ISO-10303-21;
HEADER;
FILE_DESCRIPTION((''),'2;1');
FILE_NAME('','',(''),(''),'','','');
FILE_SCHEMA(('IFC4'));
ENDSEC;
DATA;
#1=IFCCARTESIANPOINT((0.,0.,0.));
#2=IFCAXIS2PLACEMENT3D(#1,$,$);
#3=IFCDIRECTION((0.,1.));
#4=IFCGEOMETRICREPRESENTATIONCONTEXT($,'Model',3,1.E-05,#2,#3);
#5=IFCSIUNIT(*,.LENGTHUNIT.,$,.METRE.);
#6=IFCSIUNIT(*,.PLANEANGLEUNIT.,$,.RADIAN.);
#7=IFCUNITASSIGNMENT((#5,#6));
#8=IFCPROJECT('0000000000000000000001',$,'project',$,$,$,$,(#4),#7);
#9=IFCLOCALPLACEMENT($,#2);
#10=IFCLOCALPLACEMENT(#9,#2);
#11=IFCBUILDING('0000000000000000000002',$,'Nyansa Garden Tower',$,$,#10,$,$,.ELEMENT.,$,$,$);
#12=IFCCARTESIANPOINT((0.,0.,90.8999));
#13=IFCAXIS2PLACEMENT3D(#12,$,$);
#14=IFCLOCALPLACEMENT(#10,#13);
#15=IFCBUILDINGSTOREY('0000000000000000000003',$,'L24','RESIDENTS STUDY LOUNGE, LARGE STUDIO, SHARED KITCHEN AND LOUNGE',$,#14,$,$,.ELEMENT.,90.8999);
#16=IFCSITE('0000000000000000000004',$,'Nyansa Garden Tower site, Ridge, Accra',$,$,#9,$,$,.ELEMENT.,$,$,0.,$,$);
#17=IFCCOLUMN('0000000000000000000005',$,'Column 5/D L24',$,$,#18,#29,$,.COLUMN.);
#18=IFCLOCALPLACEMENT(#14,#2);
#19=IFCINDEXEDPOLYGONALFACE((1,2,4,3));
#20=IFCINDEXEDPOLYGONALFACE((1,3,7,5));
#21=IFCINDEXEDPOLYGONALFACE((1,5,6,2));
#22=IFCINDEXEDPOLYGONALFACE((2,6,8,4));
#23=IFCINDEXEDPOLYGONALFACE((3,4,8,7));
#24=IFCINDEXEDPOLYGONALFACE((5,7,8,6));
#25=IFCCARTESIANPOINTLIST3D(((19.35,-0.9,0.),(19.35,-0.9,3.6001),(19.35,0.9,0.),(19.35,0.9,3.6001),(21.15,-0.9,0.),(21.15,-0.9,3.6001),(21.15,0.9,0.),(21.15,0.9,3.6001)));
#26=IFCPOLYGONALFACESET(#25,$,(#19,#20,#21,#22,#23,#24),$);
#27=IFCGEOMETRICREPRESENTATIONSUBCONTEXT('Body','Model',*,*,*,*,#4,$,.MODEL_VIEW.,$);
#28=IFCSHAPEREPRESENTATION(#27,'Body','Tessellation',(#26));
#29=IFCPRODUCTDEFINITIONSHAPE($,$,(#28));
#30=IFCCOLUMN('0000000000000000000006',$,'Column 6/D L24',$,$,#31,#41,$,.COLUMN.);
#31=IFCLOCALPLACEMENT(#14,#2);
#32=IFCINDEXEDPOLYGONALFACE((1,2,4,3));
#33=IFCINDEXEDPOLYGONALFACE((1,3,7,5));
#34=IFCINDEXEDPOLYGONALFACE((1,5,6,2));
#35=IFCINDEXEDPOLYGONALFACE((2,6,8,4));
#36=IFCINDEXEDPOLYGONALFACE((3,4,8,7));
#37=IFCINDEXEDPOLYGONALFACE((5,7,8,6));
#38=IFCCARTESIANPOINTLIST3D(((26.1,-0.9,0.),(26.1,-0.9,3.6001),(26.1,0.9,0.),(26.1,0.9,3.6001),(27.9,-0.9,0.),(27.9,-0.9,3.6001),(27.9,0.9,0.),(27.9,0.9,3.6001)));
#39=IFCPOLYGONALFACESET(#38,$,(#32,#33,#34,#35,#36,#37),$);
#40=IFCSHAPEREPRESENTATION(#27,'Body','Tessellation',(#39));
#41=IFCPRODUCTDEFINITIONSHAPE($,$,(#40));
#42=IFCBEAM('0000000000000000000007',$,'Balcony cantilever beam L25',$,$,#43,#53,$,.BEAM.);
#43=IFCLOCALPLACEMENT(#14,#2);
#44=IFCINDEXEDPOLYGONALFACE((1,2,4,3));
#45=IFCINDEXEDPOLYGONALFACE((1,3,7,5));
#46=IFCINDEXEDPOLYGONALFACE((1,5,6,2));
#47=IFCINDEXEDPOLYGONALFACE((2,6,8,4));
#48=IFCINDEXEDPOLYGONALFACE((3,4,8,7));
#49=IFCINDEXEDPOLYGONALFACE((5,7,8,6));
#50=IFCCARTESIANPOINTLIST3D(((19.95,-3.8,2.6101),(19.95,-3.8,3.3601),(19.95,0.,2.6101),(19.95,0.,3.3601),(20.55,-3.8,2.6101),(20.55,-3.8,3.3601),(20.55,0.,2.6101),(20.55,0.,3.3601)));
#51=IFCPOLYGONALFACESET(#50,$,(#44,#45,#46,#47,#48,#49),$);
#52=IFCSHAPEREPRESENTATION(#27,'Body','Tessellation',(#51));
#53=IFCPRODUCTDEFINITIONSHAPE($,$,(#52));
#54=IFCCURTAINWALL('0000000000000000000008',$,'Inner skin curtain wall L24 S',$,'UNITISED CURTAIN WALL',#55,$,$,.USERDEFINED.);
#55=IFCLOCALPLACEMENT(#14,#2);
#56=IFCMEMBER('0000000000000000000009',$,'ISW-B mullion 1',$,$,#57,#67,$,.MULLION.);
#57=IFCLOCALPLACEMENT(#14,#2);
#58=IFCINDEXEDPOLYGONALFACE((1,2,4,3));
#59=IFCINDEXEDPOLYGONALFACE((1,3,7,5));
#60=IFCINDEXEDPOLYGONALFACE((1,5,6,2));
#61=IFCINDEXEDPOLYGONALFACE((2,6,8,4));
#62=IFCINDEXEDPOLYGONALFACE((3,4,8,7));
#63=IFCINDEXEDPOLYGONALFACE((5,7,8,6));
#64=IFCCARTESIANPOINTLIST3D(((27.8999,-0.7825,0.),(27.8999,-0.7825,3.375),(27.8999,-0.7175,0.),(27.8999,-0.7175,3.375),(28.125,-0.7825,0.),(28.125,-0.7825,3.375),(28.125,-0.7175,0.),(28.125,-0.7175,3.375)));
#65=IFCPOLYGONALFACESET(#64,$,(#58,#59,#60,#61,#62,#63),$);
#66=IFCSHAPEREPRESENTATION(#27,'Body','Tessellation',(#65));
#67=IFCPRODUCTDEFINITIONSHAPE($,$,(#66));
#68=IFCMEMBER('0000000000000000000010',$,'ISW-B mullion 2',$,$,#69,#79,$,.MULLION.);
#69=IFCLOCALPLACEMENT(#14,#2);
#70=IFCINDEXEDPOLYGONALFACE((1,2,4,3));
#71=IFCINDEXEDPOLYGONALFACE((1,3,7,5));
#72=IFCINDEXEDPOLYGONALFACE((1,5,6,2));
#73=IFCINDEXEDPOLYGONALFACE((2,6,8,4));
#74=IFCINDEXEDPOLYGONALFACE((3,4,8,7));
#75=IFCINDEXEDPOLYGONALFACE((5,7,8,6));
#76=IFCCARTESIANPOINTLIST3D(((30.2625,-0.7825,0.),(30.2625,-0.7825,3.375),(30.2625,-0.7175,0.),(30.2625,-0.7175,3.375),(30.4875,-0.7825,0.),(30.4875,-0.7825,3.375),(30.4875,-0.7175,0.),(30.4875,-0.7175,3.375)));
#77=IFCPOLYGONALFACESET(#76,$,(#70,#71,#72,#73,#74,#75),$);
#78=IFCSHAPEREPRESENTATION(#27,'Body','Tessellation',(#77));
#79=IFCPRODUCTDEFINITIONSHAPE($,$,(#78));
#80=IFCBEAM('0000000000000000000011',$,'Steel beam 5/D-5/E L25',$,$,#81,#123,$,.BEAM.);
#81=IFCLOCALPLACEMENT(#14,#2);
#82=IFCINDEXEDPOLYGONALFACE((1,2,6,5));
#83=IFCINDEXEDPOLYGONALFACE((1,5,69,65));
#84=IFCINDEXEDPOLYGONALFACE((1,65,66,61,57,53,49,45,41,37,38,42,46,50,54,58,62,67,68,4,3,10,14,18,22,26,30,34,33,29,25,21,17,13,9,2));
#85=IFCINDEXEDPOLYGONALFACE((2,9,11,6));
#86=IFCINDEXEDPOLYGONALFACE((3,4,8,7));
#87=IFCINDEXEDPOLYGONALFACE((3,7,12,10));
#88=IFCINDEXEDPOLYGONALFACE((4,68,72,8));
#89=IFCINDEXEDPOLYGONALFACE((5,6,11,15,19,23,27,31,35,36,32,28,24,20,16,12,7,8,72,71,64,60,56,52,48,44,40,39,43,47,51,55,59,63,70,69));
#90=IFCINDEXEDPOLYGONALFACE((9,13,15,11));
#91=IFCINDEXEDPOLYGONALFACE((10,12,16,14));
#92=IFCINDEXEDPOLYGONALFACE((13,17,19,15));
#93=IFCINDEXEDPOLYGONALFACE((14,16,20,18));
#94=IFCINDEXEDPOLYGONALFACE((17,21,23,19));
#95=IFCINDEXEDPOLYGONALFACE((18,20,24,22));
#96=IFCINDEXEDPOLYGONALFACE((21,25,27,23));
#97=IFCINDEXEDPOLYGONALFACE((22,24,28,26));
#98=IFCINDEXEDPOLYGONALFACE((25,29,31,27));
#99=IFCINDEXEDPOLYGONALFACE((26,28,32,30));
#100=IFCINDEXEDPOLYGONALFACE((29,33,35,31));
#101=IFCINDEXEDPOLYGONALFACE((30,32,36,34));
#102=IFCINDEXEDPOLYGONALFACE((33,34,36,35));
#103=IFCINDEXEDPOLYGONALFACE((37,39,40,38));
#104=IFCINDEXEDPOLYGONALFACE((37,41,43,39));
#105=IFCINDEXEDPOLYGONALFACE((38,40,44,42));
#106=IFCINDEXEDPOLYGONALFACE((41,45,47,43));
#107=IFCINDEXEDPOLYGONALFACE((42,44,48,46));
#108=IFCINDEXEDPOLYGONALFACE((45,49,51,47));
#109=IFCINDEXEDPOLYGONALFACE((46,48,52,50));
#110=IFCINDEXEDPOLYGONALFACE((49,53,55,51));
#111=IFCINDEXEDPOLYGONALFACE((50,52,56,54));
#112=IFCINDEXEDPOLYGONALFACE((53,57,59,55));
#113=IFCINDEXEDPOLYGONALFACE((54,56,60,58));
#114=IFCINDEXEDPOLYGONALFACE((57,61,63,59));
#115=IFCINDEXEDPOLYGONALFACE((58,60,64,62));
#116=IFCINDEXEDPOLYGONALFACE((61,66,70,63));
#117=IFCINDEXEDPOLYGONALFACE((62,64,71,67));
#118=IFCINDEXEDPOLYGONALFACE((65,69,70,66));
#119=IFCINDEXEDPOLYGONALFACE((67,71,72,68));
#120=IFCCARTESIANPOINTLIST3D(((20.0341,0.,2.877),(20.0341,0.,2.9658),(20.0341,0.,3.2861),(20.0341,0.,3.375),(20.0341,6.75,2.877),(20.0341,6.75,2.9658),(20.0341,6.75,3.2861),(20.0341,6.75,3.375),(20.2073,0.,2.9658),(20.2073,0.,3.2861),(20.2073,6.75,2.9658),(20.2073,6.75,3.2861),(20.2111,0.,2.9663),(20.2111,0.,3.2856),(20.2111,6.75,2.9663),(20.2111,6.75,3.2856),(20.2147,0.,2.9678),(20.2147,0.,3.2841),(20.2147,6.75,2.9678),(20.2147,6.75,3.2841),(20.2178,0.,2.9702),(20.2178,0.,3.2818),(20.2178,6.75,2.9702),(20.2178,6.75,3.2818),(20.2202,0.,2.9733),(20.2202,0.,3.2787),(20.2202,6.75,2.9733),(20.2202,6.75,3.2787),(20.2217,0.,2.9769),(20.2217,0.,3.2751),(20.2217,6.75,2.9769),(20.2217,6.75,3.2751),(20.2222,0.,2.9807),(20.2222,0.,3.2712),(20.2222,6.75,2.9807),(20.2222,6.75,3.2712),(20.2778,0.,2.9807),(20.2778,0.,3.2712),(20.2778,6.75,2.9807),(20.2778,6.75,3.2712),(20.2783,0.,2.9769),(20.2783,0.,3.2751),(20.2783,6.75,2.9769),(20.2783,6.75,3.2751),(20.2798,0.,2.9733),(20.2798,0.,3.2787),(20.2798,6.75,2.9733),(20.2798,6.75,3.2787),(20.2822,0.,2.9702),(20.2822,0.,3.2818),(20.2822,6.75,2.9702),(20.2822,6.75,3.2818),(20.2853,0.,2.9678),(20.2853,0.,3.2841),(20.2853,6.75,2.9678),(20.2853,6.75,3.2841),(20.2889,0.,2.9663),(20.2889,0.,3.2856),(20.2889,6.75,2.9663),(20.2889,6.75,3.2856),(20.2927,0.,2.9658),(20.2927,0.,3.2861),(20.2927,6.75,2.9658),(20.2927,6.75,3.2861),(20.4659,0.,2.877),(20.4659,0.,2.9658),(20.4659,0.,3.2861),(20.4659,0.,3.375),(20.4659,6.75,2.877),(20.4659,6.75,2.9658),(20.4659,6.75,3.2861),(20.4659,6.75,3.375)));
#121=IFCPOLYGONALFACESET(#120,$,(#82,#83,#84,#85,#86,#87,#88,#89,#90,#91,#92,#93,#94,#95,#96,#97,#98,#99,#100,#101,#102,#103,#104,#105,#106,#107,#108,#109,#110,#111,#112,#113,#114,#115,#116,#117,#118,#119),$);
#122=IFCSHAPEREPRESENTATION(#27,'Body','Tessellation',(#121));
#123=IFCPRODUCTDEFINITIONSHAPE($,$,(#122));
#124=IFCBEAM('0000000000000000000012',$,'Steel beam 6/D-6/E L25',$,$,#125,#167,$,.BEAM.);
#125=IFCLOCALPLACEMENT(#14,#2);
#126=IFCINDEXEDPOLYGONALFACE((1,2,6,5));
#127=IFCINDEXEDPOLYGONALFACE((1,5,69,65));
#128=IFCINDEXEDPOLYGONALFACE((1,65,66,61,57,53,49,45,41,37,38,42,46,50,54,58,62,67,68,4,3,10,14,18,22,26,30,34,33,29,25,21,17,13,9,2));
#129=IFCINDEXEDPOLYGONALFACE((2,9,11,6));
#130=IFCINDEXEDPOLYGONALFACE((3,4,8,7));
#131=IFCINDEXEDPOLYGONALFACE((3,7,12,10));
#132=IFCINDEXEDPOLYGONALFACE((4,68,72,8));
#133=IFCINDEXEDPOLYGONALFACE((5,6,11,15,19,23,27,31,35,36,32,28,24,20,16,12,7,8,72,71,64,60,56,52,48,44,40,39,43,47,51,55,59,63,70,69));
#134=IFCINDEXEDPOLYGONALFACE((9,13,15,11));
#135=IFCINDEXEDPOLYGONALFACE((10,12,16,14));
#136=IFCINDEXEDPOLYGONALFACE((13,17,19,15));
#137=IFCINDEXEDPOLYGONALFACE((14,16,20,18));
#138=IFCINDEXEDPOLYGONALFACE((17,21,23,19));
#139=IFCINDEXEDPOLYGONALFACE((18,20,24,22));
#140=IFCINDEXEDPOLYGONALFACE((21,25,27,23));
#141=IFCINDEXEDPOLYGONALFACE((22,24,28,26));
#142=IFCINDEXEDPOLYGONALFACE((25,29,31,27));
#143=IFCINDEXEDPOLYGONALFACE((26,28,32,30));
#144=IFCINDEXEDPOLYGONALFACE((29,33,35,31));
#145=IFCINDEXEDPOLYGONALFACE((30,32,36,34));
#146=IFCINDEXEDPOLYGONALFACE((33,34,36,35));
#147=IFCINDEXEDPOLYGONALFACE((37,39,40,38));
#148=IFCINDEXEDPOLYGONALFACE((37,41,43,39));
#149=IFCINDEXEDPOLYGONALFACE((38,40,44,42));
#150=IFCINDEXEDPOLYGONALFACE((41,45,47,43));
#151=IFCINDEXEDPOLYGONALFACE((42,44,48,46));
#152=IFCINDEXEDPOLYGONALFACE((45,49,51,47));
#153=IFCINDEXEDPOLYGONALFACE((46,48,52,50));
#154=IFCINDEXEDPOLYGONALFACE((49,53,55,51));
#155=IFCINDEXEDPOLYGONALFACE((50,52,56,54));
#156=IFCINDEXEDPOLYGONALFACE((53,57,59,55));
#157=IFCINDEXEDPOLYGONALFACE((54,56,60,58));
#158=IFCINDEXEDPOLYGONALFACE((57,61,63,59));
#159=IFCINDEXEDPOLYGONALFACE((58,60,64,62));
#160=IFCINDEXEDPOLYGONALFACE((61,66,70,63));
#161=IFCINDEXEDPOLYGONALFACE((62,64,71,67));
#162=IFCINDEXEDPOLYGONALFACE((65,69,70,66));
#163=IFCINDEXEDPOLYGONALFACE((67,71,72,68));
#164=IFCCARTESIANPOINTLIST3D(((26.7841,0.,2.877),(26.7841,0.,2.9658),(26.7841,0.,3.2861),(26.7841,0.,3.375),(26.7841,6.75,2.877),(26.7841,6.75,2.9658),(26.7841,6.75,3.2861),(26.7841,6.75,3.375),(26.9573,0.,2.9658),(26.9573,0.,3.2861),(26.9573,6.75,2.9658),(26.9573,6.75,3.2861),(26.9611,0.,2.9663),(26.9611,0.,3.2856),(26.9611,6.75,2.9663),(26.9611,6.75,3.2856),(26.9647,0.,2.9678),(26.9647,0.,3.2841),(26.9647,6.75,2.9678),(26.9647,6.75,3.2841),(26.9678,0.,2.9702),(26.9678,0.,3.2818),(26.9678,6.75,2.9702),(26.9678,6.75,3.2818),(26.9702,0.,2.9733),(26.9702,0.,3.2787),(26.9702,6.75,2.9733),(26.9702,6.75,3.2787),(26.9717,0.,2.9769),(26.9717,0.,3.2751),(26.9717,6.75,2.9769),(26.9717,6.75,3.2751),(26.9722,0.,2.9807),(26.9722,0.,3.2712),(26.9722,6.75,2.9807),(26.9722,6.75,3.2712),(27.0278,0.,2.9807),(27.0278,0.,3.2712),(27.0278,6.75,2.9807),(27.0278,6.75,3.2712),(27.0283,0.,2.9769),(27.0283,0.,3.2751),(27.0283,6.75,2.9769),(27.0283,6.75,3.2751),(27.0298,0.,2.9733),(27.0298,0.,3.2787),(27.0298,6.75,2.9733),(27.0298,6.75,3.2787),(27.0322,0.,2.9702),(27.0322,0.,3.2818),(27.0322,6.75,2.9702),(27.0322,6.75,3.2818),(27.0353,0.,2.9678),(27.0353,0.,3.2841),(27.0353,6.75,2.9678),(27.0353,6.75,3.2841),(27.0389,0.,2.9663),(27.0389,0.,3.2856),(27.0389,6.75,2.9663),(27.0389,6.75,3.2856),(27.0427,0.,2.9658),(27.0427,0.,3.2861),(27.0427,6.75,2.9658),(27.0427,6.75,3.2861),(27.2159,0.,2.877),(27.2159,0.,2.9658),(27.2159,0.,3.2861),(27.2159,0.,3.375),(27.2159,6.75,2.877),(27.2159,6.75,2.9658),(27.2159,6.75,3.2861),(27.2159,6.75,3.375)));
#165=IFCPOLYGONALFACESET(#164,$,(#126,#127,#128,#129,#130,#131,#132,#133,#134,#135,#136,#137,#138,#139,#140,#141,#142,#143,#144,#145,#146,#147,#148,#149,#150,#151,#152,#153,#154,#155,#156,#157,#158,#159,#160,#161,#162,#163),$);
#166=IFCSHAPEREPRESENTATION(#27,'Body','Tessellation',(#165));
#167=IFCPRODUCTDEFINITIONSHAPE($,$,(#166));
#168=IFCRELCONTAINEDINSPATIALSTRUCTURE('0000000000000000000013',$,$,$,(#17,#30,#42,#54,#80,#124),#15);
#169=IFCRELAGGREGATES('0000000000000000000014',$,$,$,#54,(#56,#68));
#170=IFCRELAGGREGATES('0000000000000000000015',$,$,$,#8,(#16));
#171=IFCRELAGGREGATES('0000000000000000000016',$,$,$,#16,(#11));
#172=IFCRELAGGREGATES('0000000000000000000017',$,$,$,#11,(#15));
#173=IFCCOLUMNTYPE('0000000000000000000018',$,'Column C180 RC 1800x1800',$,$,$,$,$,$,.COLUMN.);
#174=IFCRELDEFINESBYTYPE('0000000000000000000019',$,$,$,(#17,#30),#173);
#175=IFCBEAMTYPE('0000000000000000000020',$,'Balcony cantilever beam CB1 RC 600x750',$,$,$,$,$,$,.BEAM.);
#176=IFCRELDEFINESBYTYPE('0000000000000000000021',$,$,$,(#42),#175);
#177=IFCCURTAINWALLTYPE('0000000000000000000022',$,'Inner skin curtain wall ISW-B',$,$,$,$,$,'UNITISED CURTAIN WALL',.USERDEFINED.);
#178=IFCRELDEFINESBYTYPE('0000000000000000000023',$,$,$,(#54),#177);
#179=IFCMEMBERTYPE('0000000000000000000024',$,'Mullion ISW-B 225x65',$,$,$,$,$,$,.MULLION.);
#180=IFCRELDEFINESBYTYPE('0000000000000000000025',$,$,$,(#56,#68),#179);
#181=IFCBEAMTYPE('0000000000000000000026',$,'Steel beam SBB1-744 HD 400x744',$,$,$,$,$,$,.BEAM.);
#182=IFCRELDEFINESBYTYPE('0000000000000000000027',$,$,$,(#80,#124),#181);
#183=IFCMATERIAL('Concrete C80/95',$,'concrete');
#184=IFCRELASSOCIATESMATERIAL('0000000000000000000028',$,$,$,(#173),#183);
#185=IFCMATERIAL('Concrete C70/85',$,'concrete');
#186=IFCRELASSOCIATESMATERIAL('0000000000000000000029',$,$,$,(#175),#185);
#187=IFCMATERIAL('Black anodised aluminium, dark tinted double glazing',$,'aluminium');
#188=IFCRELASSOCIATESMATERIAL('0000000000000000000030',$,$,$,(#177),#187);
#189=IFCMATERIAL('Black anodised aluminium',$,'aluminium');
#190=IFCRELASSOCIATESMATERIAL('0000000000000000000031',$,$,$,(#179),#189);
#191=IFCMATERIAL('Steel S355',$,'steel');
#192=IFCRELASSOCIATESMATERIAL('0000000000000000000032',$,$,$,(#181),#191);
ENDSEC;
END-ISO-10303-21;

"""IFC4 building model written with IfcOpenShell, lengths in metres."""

from ifc_helpers import new_model, si_unit, direction, frame, origin, origin_2d, place, context, subcontext, project, spatial, rectangle, i_section, extrude, material, material_profile, profile_set, type_object, element, aggregate, save


model = new_model("IFC4")

# Units and contexts
model_context = context("Model", 3, precision=1e-05, world=origin(), true_north=direction((0.0, 1.0)))
body_context = subcontext(model_context, "Body", "Model", "MODEL_VIEW")
ifc_project = project(units=[si_unit("LENGTHUNIT", "METRE"), si_unit("PLANEANGLEUNIT", "RADIAN")], contexts=[model_context])

# Site, building, storey
site_placement = place(None, origin())
site = spatial("IfcSite", under=ifc_project, at=site_placement, Name="Nyansa Garden Tower site, Ridge, Accra", CompositionType="ELEMENT", RefElevation=0.0)
building_placement = place(site_placement, origin())
building = spatial("IfcBuilding", under=site, at=building_placement, Name="Nyansa Garden Tower", CompositionType="ELEMENT")
storey_placement = place(building_placement, frame((0.0, 0.0, 90.8999)))
storey = spatial("IfcBuildingStorey", under=building, at=storey_placement, Name="L24", Description="RESIDENTS STUDY LOUNGE, LARGE STUDIO, SHARED KITCHEN AND LOUNGE", CompositionType="ELEMENT", Elevation=90.8999)

# Columns
ifc_material_1 = material(Name="Concrete C80/95", Category="concrete")
ifc_material_profile_1 = material_profile(ifc_material_1, rectangle(XDim=1.8, YDim=1.8, at=origin_2d()), Name="RC 1800x1800")
ifc_profile_set_1 = profile_set([ifc_material_profile_1], Name="Concrete C80/95")
column_type = type_object("IfcColumnType", Name="Column C180 RC 1800x1800", PredefinedType="COLUMN", material=ifc_profile_set_1)
for number, where, z_axis, x_axis, name in (
    (1, (20.25, 0.0, 0.0), (0.0, 0.0, 1.0), (1.0, 0.0, 0.0), "Column 5/D L24"),
    (2, (27.0, 0.0, 0.0), (0.0, 0.0, 1.0), (1.0, 0.0, 0.0), "Column 6/D L24"),
):
    element("IfcColumn", number, at=place(storey_placement, frame(where, z_axis=z_axis, x_axis=x_axis)), inside=storey, type_object=column_type, Name=name, PredefinedType="COLUMN", context=body_context, shape_type="SweptSolid", body=[
        extrude(rectangle(XDim=1.8, YDim=1.8, at=origin_2d()), origin(), (0.0, 0.0, 1.0), 3.6001),
    ])

# Beam
ifc_material_2 = material(Name="Concrete C70/85", Category="concrete")
ifc_material_profile_2 = material_profile(ifc_material_2, rectangle(XDim=0.6001, YDim=0.75, at=origin_2d()), Name="RC 600x750")
ifc_profile_set_2 = profile_set([ifc_material_profile_2], Name="Concrete C70/85")
beam_type_1 = type_object("IfcBeamType", Name="Balcony cantilever beam CB1 RC 600x750", PredefinedType="BEAM", material=ifc_profile_set_2)
beam_placement = place(storey_placement, frame((20.25, 0.0, 2.9851), z_axis=(0.0, -1.0, 0.0), x_axis=(1.0, 0.0, 0.0)))
element("IfcBeam", 3, at=beam_placement, inside=storey, type_object=beam_type_1, Name="Balcony cantilever beam L25", PredefinedType="BEAM", context=body_context, shape_type="SweptSolid", body=[
    extrude(rectangle(XDim=0.6001, YDim=0.75, at=origin_2d()), origin(), (0.0, 0.0, 1.0), 3.8),
])

# Curtain wall, members
ifc_material_3 = material(Name="Black anodised aluminium, dark tinted double glazing", Category="aluminium")
curtain_wall_type = type_object("IfcCurtainWallType", Name="Inner skin curtain wall ISW-B", ElementType="UNITISED CURTAIN WALL", PredefinedType="USERDEFINED", material=ifc_material_3)
curtain_wall_placement = place(storey_placement, origin())
curtain_wall = element("IfcCurtainWall", 4, at=curtain_wall_placement, inside=storey, type_object=curtain_wall_type, Name="Inner skin curtain wall L24 S", ObjectType="UNITISED CURTAIN WALL", PredefinedType="USERDEFINED")
ifc_material_4 = material(Name="Black anodised aluminium", Category="aluminium")
ifc_material_profile_3 = material_profile(ifc_material_4, rectangle(XDim=0.0649, YDim=0.2251, at=origin_2d()), Name="Mullion 225x65")
ifc_profile_set_3 = profile_set([ifc_material_profile_3], Name="Black anodised aluminium")
member_type_1 = type_object("IfcMemberType", Name="Mullion ISW-B 225x65", PredefinedType="MULLION", material=ifc_profile_set_3)
member_1_placement = place(storey_placement, frame((28.0125, -0.75, 0.0), z_axis=(0.0, 0.0, 1.0), x_axis=(0.0, 1.0, 0.0)))
member_1 = element("IfcMember", 5, at=member_1_placement, type_object=member_type_1, Name="ISW-B mullion 1", PredefinedType="MULLION", context=body_context, shape_type="SweptSolid", body=[
    extrude(rectangle(XDim=0.0649, YDim=0.2251, at=origin_2d()), origin(), (0.0, 0.0, 1.0), 3.375),
])
member_2_placement = place(storey_placement, frame((30.375, -0.75, 0.0), z_axis=(0.0, 0.0, 1.0), x_axis=(0.0, 1.0, 0.0)))
member_2 = element("IfcMember", 6, at=member_2_placement, type_object=member_type_1, Name="ISW-B mullion 2", PredefinedType="MULLION", context=body_context, shape_type="SweptSolid", body=[
    extrude(rectangle(XDim=0.0649, YDim=0.2251, at=origin_2d()), origin(), (0.0, 0.0, 1.0), 3.375),
])

# Beams
ifc_material_5 = material(Name="Steel S355", Category="steel")
ifc_material_profile_4 = material_profile(ifc_material_5, i_section(OverallWidth=0.4319, OverallDepth=0.498, WebThickness=0.0557, FlangeThickness=0.0889, FilletRadius=0.0149, at=origin_2d()), Name="HD 400x744")
ifc_profile_set_4 = profile_set([ifc_material_profile_4], Name="Steel S355")
beam_type_2 = type_object("IfcBeamType", Name="Steel beam SBB1-744 HD 400x744", PredefinedType="BEAM", material=ifc_profile_set_4)
for number, where, z_axis, x_axis, name in (
    (7, (20.25, 0.0, 3.126), (0.0, 1.0, 0.0), (-1.0, 0.0, 0.0), "Steel beam 5/D-5/E L25"),
    (8, (27.0, 0.0, 3.126), (0.0, 1.0, 0.0), (-1.0, 0.0, 0.0), "Steel beam 6/D-6/E L25"),
):
    element("IfcBeam", number, at=place(storey_placement, frame(where, z_axis=z_axis, x_axis=x_axis)), inside=storey, type_object=beam_type_2, Name=name, PredefinedType="BEAM", context=body_context, shape_type="SweptSolid", body=[
        extrude(i_section(OverallWidth=0.4319, OverallDepth=0.498, WebThickness=0.0557, FlangeThickness=0.0889, FilletRadius=0.0149, at=origin_2d()), origin(), (0.0, 0.0, 1.0), 6.75),
    ])

aggregate(curtain_wall, [member_1, member_2])

save(model, "model.ifc")
